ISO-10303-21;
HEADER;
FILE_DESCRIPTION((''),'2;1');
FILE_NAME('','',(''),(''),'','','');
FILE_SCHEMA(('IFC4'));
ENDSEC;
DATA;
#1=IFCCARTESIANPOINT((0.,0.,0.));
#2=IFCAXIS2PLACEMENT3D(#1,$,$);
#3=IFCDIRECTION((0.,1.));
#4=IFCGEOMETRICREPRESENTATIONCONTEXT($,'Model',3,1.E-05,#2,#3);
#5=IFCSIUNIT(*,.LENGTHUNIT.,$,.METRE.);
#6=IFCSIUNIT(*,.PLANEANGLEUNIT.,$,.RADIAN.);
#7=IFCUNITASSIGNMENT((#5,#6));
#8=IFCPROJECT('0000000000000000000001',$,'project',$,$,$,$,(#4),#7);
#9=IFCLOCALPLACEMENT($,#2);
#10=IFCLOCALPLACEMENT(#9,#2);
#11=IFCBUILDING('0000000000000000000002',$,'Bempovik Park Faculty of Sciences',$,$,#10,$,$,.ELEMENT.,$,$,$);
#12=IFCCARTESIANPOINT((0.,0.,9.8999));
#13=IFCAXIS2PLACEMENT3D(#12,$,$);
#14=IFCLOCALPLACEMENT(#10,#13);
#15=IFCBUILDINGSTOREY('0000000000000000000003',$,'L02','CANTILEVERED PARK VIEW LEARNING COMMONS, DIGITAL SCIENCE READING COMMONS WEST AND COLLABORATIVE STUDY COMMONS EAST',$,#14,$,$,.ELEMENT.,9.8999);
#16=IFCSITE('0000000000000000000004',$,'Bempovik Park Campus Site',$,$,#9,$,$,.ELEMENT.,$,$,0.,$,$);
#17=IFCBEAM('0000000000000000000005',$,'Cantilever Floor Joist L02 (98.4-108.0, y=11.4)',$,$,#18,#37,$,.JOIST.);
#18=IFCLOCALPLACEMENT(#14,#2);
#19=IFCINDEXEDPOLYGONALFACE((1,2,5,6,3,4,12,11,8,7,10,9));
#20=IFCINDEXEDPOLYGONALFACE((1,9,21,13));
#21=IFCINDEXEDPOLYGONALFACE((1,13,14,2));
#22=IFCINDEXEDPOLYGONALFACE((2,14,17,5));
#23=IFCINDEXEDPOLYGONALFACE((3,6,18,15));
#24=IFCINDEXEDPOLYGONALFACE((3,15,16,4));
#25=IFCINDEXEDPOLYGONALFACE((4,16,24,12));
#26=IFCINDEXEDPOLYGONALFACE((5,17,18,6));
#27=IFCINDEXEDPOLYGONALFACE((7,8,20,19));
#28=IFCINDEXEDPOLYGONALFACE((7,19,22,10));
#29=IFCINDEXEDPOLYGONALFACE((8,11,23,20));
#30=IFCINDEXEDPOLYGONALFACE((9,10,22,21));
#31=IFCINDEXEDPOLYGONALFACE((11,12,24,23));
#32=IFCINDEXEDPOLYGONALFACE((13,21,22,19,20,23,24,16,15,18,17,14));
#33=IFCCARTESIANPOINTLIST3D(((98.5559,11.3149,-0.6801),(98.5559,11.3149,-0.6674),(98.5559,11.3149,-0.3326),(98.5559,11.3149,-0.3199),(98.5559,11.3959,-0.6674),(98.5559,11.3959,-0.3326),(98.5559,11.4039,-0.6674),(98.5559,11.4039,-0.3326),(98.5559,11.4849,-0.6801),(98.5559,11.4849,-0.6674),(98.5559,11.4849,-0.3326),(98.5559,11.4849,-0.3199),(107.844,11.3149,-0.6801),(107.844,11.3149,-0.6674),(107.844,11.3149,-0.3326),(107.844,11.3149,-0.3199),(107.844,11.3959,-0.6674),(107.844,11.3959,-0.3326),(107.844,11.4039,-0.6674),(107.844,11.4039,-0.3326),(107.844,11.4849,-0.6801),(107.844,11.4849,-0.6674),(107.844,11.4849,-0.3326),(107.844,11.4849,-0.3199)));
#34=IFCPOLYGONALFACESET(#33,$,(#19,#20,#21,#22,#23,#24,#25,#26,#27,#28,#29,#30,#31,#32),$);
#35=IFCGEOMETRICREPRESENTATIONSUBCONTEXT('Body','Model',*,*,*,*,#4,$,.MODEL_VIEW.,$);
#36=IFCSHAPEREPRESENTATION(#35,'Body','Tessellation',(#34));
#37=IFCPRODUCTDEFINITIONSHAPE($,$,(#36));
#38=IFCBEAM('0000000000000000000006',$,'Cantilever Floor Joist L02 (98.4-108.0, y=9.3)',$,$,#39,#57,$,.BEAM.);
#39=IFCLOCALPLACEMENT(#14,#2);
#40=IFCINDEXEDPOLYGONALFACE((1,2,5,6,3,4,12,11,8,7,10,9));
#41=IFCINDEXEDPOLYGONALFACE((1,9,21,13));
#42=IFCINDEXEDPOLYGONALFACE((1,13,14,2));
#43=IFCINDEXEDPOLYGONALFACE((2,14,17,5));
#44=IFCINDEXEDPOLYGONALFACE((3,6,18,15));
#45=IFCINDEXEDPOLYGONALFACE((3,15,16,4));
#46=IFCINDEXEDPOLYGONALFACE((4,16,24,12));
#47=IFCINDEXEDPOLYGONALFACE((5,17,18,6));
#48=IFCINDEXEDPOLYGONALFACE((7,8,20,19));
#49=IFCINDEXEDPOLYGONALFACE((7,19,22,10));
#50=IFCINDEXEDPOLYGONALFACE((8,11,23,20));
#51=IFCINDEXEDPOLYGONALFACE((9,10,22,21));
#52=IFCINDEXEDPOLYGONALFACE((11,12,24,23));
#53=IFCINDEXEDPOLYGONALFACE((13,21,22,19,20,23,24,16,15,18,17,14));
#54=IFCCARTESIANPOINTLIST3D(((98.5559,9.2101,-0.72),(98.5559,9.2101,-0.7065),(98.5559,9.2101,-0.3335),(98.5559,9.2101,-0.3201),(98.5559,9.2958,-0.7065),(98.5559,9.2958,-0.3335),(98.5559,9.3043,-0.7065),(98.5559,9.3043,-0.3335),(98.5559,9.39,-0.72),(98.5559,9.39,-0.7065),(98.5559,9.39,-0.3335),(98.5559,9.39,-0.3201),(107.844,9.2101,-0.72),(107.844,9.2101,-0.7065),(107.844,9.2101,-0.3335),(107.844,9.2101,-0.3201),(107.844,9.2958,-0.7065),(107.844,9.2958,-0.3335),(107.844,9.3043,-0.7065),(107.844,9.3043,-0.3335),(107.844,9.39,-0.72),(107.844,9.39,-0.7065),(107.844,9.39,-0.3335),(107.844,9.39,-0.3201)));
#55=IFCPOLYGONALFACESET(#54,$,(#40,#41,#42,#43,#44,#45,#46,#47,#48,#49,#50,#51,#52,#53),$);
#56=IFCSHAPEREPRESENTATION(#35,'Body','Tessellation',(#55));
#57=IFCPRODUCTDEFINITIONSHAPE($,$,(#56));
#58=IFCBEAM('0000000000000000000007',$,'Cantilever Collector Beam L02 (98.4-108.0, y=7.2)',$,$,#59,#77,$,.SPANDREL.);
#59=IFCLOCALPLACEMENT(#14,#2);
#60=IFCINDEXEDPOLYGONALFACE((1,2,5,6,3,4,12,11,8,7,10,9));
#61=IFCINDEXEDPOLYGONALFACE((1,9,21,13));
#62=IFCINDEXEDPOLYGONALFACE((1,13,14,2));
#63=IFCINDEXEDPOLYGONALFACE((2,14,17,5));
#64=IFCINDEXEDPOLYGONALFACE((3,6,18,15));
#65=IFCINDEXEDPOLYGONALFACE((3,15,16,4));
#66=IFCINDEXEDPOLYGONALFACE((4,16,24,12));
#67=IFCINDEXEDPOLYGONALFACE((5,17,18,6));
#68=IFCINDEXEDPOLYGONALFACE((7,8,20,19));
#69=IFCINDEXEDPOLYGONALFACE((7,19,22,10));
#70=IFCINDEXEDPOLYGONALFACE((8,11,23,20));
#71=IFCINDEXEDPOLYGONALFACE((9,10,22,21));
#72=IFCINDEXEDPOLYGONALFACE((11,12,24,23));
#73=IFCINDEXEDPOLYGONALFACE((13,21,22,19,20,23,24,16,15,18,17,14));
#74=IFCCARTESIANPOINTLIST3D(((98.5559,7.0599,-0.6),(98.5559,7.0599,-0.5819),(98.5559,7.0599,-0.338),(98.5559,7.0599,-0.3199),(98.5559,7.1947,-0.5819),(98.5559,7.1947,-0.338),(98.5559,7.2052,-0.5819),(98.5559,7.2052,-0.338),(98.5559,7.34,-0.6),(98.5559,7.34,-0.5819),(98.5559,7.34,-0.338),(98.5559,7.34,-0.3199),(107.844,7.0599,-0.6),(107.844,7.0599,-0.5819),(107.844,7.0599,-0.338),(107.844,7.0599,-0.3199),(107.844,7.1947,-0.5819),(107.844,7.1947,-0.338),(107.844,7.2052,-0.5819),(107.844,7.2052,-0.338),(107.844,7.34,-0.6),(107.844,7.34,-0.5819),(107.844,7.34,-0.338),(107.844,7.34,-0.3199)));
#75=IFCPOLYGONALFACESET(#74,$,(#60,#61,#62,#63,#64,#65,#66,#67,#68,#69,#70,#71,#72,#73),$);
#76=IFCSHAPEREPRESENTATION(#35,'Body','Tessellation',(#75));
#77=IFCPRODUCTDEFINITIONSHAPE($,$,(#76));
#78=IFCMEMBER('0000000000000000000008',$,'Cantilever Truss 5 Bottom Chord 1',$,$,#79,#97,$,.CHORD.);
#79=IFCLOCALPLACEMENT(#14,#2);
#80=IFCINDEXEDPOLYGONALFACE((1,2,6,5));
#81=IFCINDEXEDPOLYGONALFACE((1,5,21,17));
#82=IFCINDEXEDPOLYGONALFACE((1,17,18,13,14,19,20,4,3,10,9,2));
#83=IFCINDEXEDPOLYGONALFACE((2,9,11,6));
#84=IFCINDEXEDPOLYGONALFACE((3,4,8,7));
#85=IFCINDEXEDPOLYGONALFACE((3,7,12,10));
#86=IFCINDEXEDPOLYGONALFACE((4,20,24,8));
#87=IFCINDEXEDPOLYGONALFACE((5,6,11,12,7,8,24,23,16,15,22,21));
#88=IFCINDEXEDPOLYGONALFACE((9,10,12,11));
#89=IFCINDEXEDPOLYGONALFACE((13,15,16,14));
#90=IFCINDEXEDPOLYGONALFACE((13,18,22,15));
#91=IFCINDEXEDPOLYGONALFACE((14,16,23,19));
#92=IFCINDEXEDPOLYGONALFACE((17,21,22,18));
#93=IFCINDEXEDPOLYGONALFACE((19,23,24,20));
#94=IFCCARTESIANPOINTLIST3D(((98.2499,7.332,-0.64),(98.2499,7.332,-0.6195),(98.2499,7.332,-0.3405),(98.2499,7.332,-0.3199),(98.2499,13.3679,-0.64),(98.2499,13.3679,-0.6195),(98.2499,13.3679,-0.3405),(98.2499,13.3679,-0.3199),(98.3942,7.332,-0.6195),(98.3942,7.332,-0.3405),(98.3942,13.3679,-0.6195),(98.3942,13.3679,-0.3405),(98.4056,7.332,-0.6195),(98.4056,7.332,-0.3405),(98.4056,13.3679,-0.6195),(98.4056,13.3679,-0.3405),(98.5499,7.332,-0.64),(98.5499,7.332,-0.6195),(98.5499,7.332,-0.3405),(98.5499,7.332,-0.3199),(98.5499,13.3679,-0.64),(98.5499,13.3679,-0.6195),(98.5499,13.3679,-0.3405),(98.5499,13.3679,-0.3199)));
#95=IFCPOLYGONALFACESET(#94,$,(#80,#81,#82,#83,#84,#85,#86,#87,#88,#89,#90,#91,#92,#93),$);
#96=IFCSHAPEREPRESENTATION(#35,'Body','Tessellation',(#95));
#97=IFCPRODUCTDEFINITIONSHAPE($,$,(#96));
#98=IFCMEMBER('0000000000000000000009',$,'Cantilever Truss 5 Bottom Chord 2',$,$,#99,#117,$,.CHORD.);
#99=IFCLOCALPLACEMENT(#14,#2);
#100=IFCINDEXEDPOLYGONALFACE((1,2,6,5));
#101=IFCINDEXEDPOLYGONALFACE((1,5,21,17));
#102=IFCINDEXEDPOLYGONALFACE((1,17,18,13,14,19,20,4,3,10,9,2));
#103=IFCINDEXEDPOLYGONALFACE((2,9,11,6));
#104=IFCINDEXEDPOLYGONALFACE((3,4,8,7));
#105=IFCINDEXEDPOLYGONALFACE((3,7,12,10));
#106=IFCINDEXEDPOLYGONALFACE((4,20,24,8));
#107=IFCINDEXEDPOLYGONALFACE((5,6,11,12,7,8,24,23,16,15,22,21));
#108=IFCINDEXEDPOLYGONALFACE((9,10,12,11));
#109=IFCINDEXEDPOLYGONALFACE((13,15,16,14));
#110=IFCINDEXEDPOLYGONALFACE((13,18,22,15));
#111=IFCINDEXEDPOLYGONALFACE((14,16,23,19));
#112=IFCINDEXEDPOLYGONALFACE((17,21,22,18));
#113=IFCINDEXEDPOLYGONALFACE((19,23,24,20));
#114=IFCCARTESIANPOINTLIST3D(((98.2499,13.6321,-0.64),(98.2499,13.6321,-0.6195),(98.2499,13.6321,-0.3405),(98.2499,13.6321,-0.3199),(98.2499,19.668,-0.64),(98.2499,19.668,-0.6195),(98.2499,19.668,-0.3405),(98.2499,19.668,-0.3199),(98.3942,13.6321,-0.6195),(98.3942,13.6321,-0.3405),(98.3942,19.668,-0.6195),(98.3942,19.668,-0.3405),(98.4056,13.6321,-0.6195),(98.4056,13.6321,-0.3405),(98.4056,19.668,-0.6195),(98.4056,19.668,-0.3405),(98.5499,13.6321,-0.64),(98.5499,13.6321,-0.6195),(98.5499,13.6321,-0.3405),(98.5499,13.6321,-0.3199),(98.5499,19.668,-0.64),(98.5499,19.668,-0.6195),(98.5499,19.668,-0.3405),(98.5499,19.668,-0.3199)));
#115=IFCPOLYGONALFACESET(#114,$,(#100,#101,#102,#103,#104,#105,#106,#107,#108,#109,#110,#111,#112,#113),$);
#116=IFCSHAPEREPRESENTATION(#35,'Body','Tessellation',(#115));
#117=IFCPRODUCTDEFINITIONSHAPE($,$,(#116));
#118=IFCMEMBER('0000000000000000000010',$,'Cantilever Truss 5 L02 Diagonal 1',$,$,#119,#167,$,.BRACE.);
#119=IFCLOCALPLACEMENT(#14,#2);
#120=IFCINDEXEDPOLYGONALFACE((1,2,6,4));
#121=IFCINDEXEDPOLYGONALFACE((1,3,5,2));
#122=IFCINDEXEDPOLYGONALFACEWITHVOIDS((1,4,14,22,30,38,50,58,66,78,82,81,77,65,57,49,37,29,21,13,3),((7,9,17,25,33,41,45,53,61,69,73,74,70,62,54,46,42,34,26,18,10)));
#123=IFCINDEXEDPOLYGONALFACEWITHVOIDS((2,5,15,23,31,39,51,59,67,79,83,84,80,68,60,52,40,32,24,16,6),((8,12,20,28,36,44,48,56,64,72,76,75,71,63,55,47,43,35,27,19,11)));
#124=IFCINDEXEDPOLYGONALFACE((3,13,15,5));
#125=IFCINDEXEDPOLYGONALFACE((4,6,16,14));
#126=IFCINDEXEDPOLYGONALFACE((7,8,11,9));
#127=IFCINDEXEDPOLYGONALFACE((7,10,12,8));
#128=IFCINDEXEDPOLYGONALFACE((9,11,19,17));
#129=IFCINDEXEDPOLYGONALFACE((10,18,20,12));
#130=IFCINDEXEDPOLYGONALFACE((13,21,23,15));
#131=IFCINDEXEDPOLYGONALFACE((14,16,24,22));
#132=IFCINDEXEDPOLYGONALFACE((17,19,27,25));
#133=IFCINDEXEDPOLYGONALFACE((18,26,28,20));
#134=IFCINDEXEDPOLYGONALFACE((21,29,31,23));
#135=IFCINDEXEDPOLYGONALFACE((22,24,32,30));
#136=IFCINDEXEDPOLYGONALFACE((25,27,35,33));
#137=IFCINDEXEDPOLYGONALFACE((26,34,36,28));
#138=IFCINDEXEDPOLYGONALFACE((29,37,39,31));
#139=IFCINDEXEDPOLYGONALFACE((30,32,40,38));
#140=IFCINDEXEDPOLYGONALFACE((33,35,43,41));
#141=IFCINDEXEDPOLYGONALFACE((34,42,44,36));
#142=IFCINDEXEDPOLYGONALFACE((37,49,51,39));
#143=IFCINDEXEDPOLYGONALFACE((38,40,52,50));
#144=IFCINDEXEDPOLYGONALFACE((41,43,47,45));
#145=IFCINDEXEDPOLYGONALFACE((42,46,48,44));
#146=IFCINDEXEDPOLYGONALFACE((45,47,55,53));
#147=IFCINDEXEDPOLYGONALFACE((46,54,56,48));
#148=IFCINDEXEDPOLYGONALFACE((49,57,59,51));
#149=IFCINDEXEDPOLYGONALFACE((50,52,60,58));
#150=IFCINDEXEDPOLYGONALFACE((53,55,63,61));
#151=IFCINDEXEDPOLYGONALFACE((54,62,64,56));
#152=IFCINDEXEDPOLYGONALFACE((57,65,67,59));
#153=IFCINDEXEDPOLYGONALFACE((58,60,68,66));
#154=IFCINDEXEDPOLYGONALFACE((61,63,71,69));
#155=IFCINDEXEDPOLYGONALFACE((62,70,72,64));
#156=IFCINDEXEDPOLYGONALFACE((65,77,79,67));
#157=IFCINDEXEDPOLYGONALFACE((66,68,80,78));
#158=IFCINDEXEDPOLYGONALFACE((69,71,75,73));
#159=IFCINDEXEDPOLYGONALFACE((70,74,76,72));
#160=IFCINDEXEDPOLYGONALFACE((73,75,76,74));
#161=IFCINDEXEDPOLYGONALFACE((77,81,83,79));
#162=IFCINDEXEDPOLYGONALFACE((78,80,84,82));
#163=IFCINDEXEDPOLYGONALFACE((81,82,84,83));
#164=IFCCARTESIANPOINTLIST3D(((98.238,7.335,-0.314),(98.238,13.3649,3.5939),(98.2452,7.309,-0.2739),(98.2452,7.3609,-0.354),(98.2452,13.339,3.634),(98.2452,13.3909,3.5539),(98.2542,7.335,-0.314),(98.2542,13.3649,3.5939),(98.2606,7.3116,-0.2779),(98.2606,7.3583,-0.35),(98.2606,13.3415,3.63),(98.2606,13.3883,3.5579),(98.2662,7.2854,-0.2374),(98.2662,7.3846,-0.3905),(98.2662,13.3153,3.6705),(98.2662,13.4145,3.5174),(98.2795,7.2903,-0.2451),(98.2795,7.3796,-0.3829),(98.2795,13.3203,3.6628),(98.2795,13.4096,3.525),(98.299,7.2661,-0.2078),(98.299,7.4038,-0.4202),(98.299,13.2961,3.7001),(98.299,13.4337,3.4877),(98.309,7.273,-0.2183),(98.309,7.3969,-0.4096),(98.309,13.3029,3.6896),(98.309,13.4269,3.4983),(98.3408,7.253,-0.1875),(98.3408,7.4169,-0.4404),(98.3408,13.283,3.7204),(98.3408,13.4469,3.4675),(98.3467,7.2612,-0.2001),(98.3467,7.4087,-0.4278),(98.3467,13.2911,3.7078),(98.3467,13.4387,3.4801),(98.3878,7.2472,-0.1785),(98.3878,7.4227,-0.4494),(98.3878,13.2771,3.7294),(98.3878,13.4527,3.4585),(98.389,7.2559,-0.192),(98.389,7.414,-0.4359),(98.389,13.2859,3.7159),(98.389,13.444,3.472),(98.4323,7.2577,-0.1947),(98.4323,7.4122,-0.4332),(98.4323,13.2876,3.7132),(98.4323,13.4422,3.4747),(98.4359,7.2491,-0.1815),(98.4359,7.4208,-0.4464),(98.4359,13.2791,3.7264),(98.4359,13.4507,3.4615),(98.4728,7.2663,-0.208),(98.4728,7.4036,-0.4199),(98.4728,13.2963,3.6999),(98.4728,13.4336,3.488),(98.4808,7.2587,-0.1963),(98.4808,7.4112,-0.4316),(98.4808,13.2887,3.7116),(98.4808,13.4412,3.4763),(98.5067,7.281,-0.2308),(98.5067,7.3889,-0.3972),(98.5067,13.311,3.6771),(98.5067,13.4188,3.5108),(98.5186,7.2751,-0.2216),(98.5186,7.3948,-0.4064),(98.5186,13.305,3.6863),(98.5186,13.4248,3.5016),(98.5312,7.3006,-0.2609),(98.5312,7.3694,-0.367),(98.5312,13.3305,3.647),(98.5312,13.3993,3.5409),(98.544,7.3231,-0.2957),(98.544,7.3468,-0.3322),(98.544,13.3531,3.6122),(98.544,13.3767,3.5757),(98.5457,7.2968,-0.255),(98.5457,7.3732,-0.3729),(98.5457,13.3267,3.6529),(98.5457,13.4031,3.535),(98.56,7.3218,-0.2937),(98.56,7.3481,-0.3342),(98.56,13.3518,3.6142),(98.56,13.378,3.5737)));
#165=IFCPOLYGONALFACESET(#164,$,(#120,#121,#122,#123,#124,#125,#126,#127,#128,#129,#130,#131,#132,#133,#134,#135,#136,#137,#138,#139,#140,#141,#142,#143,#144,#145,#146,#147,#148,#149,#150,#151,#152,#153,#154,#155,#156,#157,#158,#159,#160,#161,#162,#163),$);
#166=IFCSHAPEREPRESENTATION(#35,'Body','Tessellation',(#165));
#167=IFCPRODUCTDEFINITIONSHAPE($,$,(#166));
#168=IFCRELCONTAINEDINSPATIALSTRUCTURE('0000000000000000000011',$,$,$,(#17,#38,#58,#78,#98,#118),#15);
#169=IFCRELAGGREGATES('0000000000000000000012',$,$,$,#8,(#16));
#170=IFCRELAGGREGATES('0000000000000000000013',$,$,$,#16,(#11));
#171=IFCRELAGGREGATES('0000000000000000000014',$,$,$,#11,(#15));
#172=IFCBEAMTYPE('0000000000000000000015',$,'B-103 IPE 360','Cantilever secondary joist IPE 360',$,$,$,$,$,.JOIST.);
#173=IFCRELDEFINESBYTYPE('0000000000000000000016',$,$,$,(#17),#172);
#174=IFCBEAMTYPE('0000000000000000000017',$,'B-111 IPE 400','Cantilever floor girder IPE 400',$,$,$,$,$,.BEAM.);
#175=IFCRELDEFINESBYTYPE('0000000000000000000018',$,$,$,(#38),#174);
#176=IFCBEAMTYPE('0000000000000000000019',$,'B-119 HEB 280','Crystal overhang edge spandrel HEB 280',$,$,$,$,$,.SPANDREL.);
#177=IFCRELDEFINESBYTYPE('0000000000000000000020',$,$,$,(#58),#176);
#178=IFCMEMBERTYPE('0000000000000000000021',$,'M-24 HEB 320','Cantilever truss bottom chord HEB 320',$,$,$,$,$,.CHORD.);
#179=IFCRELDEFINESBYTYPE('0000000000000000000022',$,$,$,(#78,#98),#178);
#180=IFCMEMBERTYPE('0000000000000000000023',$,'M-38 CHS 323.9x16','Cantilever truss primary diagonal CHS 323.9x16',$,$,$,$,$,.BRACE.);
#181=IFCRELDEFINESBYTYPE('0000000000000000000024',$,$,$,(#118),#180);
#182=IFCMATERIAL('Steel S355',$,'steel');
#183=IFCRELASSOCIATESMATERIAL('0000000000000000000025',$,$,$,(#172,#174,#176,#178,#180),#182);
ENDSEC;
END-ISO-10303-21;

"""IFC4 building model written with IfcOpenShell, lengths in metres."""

from ifc_helpers import new_model, si_unit, direction, frame, origin, origin_2d, place, context, subcontext, project, spatial, hollow_circle, i_section, extrude, material, material_profile, profile_set, type_object, element, save


model = new_model("IFC4")

# Units and contexts
model_context = context("Model", 3, precision=1e-05, world=origin(), true_north=direction((0.0, 1.0)))
body_context = subcontext(model_context, "Body", "Model", "MODEL_VIEW")
ifc_project = project(units=[si_unit("LENGTHUNIT", "METRE"), si_unit("PLANEANGLEUNIT", "RADIAN")], contexts=[model_context])

# Site, building, storey
site_placement = place(None, origin())
site = spatial("IfcSite", under=ifc_project, at=site_placement, Name="Bempovik Park Campus Site", CompositionType="ELEMENT", RefElevation=0.0)
building_placement = place(site_placement, origin())
building = spatial("IfcBuilding", under=site, at=building_placement, Name="Bempovik Park Faculty of Sciences", CompositionType="ELEMENT")
storey_placement = place(building_placement, frame((0.0, 0.0, 9.8999)))
storey = spatial("IfcBuildingStorey", under=building, at=storey_placement, Name="L02", Description="CANTILEVERED PARK VIEW LEARNING COMMONS, DIGITAL SCIENCE READING COMMONS WEST AND COLLABORATIVE STUDY COMMONS EAST", CompositionType="ELEMENT", Elevation=9.8999)

# Beams
ifc_material_1 = material(Name="Steel S355", Category="steel")
ifc_material_profile_1 = material_profile(ifc_material_1, i_section(OverallWidth=0.1699, OverallDepth=0.3601, WebThickness=0.0081, FlangeThickness=0.0127, at=origin_2d()), Name="IPE 360")
ifc_profile_set_1 = profile_set([ifc_material_profile_1], Name="Steel S355")
beam_type_1 = type_object("IfcBeamType", Name="B-103 IPE 360", Description="Cantilever secondary joist IPE 360", PredefinedType="JOIST", material=ifc_profile_set_1)
beam_1_placement = place(storey_placement, frame((98.5559, 11.3999, -0.5), z_axis=(1.0, 0.0, 0.0), x_axis=(0.0, 1.0, 0.0)))
element("IfcBeam", 1, at=beam_1_placement, inside=storey, type_object=beam_type_1, Name="Cantilever Floor Joist L02 (98.4-108.0, y=11.4)", PredefinedType="JOIST", context=body_context, shape_type="SweptSolid", body=[
    extrude(i_section(OverallWidth=0.1699, OverallDepth=0.3601, WebThickness=0.0081, FlangeThickness=0.0127, at=origin_2d()), origin(), (0.0, 0.0, 1.0), 9.2881),
])
ifc_material_profile_2 = material_profile(ifc_material_1, i_section(OverallWidth=0.1799, OverallDepth=0.3999, WebThickness=0.0085, FlangeThickness=0.0134, at=origin_2d()), Name="IPE 400")
ifc_profile_set_2 = profile_set([ifc_material_profile_2], Name="Steel S355")
beam_type_2 = type_object("IfcBeamType", Name="B-111 IPE 400", Description="Cantilever floor girder IPE 400", PredefinedType="BEAM", material=ifc_profile_set_2)
beam_2_placement = place(storey_placement, frame((98.5559, 9.3, -0.52), z_axis=(1.0, 0.0, 0.0), x_axis=(0.0, 1.0, 0.0)))
element("IfcBeam", 2, at=beam_2_placement, inside=storey, type_object=beam_type_2, Name="Cantilever Floor Joist L02 (98.4-108.0, y=9.3)", PredefinedType="BEAM", context=body_context, shape_type="SweptSolid", body=[
    extrude(i_section(OverallWidth=0.1799, OverallDepth=0.3999, WebThickness=0.0085, FlangeThickness=0.0134, at=origin_2d()), origin(), (0.0, 0.0, 1.0), 9.2881),
])
ifc_material_profile_3 = material_profile(ifc_material_1, i_section(OverallWidth=0.28, OverallDepth=0.28, WebThickness=0.0105, FlangeThickness=0.0181, at=origin_2d()), Name="HEB 280")
ifc_profile_set_3 = profile_set([ifc_material_profile_3], Name="Steel S355")
beam_type_3 = type_object("IfcBeamType", Name="B-119 HEB 280", Description="Crystal overhang edge spandrel HEB 280", PredefinedType="SPANDREL", material=ifc_profile_set_3)
beam_3_placement = place(storey_placement, frame((98.5559, 7.2, -0.46), z_axis=(1.0, 0.0, 0.0), x_axis=(0.0, 1.0, 0.0)))
element("IfcBeam", 3, at=beam_3_placement, inside=storey, type_object=beam_type_3, Name="Cantilever Collector Beam L02 (98.4-108.0, y=7.2)", PredefinedType="SPANDREL", context=body_context, shape_type="SweptSolid", body=[
    extrude(i_section(OverallWidth=0.28, OverallDepth=0.28, WebThickness=0.0105, FlangeThickness=0.0181, at=origin_2d()), origin(), (0.0, 0.0, 1.0), 9.2881),
])

# Members
ifc_material_profile_4 = material_profile(ifc_material_1, i_section(OverallWidth=0.3, OverallDepth=0.3201, WebThickness=0.0115, FlangeThickness=0.0205, at=origin_2d()), Name="HEB 320")
ifc_profile_set_4 = profile_set([ifc_material_profile_4], Name="Steel S355")
member_type_1 = type_object("IfcMemberType", Name="M-24 HEB 320", Description="Cantilever truss bottom chord HEB 320", PredefinedType="CHORD", material=ifc_profile_set_4)
for number, where, z_axis, x_axis, name in (
    (4, (98.3999, 7.332, -0.48), (0.0, 1.0, 0.0), (-1.0, 0.0, 0.0), "Cantilever Truss 5 Bottom Chord 1"),
    (5, (98.3999, 13.6321, -0.48), (0.0, 1.0, 0.0), (-1.0, 0.0, 0.0), "Cantilever Truss 5 Bottom Chord 2"),
):
    element("IfcMember", number, at=place(storey_placement, frame(where, z_axis=z_axis, x_axis=x_axis)), inside=storey, type_object=member_type_1, Name=name, PredefinedType="CHORD", context=body_context, shape_type="SweptSolid", body=[
        extrude(i_section(OverallWidth=0.3, OverallDepth=0.3201, WebThickness=0.0115, FlangeThickness=0.0205, at=origin_2d()), origin(), (0.0, 0.0, 1.0), 6.0359),
    ])
ifc_material_profile_5 = material_profile(ifc_material_1, hollow_circle(Radius=0.1619, WallThickness=0.0161, at=origin_2d()), Name="CHS 323.9x16")
ifc_profile_set_5 = profile_set([ifc_material_profile_5], Name="Steel S355")
member_type_2 = type_object("IfcMemberType", Name="M-38 CHS 323.9x16", Description="Cantilever truss primary diagonal CHS 323.9x16", PredefinedType="BRACE", material=ifc_profile_set_5)
member_1_placement = place(storey_placement, frame((98.3999, 7.335, -0.314), z_axis=(0.0, 0.839178, 0.543857), x_axis=(-1.0, 0.0, 0.0)))
element("IfcMember", 6, at=member_1_placement, inside=storey, type_object=member_type_2, Name="Cantilever Truss 5 L02 Diagonal 1", PredefinedType="BRACE", context=body_context, shape_type="SweptSolid", body=[
    extrude(hollow_circle(Radius=0.1619, WallThickness=0.0161, at=origin_2d()), origin(), (0.0, 0.0, 1.0), 7.1855),
])

save(model, "model.ifc")
